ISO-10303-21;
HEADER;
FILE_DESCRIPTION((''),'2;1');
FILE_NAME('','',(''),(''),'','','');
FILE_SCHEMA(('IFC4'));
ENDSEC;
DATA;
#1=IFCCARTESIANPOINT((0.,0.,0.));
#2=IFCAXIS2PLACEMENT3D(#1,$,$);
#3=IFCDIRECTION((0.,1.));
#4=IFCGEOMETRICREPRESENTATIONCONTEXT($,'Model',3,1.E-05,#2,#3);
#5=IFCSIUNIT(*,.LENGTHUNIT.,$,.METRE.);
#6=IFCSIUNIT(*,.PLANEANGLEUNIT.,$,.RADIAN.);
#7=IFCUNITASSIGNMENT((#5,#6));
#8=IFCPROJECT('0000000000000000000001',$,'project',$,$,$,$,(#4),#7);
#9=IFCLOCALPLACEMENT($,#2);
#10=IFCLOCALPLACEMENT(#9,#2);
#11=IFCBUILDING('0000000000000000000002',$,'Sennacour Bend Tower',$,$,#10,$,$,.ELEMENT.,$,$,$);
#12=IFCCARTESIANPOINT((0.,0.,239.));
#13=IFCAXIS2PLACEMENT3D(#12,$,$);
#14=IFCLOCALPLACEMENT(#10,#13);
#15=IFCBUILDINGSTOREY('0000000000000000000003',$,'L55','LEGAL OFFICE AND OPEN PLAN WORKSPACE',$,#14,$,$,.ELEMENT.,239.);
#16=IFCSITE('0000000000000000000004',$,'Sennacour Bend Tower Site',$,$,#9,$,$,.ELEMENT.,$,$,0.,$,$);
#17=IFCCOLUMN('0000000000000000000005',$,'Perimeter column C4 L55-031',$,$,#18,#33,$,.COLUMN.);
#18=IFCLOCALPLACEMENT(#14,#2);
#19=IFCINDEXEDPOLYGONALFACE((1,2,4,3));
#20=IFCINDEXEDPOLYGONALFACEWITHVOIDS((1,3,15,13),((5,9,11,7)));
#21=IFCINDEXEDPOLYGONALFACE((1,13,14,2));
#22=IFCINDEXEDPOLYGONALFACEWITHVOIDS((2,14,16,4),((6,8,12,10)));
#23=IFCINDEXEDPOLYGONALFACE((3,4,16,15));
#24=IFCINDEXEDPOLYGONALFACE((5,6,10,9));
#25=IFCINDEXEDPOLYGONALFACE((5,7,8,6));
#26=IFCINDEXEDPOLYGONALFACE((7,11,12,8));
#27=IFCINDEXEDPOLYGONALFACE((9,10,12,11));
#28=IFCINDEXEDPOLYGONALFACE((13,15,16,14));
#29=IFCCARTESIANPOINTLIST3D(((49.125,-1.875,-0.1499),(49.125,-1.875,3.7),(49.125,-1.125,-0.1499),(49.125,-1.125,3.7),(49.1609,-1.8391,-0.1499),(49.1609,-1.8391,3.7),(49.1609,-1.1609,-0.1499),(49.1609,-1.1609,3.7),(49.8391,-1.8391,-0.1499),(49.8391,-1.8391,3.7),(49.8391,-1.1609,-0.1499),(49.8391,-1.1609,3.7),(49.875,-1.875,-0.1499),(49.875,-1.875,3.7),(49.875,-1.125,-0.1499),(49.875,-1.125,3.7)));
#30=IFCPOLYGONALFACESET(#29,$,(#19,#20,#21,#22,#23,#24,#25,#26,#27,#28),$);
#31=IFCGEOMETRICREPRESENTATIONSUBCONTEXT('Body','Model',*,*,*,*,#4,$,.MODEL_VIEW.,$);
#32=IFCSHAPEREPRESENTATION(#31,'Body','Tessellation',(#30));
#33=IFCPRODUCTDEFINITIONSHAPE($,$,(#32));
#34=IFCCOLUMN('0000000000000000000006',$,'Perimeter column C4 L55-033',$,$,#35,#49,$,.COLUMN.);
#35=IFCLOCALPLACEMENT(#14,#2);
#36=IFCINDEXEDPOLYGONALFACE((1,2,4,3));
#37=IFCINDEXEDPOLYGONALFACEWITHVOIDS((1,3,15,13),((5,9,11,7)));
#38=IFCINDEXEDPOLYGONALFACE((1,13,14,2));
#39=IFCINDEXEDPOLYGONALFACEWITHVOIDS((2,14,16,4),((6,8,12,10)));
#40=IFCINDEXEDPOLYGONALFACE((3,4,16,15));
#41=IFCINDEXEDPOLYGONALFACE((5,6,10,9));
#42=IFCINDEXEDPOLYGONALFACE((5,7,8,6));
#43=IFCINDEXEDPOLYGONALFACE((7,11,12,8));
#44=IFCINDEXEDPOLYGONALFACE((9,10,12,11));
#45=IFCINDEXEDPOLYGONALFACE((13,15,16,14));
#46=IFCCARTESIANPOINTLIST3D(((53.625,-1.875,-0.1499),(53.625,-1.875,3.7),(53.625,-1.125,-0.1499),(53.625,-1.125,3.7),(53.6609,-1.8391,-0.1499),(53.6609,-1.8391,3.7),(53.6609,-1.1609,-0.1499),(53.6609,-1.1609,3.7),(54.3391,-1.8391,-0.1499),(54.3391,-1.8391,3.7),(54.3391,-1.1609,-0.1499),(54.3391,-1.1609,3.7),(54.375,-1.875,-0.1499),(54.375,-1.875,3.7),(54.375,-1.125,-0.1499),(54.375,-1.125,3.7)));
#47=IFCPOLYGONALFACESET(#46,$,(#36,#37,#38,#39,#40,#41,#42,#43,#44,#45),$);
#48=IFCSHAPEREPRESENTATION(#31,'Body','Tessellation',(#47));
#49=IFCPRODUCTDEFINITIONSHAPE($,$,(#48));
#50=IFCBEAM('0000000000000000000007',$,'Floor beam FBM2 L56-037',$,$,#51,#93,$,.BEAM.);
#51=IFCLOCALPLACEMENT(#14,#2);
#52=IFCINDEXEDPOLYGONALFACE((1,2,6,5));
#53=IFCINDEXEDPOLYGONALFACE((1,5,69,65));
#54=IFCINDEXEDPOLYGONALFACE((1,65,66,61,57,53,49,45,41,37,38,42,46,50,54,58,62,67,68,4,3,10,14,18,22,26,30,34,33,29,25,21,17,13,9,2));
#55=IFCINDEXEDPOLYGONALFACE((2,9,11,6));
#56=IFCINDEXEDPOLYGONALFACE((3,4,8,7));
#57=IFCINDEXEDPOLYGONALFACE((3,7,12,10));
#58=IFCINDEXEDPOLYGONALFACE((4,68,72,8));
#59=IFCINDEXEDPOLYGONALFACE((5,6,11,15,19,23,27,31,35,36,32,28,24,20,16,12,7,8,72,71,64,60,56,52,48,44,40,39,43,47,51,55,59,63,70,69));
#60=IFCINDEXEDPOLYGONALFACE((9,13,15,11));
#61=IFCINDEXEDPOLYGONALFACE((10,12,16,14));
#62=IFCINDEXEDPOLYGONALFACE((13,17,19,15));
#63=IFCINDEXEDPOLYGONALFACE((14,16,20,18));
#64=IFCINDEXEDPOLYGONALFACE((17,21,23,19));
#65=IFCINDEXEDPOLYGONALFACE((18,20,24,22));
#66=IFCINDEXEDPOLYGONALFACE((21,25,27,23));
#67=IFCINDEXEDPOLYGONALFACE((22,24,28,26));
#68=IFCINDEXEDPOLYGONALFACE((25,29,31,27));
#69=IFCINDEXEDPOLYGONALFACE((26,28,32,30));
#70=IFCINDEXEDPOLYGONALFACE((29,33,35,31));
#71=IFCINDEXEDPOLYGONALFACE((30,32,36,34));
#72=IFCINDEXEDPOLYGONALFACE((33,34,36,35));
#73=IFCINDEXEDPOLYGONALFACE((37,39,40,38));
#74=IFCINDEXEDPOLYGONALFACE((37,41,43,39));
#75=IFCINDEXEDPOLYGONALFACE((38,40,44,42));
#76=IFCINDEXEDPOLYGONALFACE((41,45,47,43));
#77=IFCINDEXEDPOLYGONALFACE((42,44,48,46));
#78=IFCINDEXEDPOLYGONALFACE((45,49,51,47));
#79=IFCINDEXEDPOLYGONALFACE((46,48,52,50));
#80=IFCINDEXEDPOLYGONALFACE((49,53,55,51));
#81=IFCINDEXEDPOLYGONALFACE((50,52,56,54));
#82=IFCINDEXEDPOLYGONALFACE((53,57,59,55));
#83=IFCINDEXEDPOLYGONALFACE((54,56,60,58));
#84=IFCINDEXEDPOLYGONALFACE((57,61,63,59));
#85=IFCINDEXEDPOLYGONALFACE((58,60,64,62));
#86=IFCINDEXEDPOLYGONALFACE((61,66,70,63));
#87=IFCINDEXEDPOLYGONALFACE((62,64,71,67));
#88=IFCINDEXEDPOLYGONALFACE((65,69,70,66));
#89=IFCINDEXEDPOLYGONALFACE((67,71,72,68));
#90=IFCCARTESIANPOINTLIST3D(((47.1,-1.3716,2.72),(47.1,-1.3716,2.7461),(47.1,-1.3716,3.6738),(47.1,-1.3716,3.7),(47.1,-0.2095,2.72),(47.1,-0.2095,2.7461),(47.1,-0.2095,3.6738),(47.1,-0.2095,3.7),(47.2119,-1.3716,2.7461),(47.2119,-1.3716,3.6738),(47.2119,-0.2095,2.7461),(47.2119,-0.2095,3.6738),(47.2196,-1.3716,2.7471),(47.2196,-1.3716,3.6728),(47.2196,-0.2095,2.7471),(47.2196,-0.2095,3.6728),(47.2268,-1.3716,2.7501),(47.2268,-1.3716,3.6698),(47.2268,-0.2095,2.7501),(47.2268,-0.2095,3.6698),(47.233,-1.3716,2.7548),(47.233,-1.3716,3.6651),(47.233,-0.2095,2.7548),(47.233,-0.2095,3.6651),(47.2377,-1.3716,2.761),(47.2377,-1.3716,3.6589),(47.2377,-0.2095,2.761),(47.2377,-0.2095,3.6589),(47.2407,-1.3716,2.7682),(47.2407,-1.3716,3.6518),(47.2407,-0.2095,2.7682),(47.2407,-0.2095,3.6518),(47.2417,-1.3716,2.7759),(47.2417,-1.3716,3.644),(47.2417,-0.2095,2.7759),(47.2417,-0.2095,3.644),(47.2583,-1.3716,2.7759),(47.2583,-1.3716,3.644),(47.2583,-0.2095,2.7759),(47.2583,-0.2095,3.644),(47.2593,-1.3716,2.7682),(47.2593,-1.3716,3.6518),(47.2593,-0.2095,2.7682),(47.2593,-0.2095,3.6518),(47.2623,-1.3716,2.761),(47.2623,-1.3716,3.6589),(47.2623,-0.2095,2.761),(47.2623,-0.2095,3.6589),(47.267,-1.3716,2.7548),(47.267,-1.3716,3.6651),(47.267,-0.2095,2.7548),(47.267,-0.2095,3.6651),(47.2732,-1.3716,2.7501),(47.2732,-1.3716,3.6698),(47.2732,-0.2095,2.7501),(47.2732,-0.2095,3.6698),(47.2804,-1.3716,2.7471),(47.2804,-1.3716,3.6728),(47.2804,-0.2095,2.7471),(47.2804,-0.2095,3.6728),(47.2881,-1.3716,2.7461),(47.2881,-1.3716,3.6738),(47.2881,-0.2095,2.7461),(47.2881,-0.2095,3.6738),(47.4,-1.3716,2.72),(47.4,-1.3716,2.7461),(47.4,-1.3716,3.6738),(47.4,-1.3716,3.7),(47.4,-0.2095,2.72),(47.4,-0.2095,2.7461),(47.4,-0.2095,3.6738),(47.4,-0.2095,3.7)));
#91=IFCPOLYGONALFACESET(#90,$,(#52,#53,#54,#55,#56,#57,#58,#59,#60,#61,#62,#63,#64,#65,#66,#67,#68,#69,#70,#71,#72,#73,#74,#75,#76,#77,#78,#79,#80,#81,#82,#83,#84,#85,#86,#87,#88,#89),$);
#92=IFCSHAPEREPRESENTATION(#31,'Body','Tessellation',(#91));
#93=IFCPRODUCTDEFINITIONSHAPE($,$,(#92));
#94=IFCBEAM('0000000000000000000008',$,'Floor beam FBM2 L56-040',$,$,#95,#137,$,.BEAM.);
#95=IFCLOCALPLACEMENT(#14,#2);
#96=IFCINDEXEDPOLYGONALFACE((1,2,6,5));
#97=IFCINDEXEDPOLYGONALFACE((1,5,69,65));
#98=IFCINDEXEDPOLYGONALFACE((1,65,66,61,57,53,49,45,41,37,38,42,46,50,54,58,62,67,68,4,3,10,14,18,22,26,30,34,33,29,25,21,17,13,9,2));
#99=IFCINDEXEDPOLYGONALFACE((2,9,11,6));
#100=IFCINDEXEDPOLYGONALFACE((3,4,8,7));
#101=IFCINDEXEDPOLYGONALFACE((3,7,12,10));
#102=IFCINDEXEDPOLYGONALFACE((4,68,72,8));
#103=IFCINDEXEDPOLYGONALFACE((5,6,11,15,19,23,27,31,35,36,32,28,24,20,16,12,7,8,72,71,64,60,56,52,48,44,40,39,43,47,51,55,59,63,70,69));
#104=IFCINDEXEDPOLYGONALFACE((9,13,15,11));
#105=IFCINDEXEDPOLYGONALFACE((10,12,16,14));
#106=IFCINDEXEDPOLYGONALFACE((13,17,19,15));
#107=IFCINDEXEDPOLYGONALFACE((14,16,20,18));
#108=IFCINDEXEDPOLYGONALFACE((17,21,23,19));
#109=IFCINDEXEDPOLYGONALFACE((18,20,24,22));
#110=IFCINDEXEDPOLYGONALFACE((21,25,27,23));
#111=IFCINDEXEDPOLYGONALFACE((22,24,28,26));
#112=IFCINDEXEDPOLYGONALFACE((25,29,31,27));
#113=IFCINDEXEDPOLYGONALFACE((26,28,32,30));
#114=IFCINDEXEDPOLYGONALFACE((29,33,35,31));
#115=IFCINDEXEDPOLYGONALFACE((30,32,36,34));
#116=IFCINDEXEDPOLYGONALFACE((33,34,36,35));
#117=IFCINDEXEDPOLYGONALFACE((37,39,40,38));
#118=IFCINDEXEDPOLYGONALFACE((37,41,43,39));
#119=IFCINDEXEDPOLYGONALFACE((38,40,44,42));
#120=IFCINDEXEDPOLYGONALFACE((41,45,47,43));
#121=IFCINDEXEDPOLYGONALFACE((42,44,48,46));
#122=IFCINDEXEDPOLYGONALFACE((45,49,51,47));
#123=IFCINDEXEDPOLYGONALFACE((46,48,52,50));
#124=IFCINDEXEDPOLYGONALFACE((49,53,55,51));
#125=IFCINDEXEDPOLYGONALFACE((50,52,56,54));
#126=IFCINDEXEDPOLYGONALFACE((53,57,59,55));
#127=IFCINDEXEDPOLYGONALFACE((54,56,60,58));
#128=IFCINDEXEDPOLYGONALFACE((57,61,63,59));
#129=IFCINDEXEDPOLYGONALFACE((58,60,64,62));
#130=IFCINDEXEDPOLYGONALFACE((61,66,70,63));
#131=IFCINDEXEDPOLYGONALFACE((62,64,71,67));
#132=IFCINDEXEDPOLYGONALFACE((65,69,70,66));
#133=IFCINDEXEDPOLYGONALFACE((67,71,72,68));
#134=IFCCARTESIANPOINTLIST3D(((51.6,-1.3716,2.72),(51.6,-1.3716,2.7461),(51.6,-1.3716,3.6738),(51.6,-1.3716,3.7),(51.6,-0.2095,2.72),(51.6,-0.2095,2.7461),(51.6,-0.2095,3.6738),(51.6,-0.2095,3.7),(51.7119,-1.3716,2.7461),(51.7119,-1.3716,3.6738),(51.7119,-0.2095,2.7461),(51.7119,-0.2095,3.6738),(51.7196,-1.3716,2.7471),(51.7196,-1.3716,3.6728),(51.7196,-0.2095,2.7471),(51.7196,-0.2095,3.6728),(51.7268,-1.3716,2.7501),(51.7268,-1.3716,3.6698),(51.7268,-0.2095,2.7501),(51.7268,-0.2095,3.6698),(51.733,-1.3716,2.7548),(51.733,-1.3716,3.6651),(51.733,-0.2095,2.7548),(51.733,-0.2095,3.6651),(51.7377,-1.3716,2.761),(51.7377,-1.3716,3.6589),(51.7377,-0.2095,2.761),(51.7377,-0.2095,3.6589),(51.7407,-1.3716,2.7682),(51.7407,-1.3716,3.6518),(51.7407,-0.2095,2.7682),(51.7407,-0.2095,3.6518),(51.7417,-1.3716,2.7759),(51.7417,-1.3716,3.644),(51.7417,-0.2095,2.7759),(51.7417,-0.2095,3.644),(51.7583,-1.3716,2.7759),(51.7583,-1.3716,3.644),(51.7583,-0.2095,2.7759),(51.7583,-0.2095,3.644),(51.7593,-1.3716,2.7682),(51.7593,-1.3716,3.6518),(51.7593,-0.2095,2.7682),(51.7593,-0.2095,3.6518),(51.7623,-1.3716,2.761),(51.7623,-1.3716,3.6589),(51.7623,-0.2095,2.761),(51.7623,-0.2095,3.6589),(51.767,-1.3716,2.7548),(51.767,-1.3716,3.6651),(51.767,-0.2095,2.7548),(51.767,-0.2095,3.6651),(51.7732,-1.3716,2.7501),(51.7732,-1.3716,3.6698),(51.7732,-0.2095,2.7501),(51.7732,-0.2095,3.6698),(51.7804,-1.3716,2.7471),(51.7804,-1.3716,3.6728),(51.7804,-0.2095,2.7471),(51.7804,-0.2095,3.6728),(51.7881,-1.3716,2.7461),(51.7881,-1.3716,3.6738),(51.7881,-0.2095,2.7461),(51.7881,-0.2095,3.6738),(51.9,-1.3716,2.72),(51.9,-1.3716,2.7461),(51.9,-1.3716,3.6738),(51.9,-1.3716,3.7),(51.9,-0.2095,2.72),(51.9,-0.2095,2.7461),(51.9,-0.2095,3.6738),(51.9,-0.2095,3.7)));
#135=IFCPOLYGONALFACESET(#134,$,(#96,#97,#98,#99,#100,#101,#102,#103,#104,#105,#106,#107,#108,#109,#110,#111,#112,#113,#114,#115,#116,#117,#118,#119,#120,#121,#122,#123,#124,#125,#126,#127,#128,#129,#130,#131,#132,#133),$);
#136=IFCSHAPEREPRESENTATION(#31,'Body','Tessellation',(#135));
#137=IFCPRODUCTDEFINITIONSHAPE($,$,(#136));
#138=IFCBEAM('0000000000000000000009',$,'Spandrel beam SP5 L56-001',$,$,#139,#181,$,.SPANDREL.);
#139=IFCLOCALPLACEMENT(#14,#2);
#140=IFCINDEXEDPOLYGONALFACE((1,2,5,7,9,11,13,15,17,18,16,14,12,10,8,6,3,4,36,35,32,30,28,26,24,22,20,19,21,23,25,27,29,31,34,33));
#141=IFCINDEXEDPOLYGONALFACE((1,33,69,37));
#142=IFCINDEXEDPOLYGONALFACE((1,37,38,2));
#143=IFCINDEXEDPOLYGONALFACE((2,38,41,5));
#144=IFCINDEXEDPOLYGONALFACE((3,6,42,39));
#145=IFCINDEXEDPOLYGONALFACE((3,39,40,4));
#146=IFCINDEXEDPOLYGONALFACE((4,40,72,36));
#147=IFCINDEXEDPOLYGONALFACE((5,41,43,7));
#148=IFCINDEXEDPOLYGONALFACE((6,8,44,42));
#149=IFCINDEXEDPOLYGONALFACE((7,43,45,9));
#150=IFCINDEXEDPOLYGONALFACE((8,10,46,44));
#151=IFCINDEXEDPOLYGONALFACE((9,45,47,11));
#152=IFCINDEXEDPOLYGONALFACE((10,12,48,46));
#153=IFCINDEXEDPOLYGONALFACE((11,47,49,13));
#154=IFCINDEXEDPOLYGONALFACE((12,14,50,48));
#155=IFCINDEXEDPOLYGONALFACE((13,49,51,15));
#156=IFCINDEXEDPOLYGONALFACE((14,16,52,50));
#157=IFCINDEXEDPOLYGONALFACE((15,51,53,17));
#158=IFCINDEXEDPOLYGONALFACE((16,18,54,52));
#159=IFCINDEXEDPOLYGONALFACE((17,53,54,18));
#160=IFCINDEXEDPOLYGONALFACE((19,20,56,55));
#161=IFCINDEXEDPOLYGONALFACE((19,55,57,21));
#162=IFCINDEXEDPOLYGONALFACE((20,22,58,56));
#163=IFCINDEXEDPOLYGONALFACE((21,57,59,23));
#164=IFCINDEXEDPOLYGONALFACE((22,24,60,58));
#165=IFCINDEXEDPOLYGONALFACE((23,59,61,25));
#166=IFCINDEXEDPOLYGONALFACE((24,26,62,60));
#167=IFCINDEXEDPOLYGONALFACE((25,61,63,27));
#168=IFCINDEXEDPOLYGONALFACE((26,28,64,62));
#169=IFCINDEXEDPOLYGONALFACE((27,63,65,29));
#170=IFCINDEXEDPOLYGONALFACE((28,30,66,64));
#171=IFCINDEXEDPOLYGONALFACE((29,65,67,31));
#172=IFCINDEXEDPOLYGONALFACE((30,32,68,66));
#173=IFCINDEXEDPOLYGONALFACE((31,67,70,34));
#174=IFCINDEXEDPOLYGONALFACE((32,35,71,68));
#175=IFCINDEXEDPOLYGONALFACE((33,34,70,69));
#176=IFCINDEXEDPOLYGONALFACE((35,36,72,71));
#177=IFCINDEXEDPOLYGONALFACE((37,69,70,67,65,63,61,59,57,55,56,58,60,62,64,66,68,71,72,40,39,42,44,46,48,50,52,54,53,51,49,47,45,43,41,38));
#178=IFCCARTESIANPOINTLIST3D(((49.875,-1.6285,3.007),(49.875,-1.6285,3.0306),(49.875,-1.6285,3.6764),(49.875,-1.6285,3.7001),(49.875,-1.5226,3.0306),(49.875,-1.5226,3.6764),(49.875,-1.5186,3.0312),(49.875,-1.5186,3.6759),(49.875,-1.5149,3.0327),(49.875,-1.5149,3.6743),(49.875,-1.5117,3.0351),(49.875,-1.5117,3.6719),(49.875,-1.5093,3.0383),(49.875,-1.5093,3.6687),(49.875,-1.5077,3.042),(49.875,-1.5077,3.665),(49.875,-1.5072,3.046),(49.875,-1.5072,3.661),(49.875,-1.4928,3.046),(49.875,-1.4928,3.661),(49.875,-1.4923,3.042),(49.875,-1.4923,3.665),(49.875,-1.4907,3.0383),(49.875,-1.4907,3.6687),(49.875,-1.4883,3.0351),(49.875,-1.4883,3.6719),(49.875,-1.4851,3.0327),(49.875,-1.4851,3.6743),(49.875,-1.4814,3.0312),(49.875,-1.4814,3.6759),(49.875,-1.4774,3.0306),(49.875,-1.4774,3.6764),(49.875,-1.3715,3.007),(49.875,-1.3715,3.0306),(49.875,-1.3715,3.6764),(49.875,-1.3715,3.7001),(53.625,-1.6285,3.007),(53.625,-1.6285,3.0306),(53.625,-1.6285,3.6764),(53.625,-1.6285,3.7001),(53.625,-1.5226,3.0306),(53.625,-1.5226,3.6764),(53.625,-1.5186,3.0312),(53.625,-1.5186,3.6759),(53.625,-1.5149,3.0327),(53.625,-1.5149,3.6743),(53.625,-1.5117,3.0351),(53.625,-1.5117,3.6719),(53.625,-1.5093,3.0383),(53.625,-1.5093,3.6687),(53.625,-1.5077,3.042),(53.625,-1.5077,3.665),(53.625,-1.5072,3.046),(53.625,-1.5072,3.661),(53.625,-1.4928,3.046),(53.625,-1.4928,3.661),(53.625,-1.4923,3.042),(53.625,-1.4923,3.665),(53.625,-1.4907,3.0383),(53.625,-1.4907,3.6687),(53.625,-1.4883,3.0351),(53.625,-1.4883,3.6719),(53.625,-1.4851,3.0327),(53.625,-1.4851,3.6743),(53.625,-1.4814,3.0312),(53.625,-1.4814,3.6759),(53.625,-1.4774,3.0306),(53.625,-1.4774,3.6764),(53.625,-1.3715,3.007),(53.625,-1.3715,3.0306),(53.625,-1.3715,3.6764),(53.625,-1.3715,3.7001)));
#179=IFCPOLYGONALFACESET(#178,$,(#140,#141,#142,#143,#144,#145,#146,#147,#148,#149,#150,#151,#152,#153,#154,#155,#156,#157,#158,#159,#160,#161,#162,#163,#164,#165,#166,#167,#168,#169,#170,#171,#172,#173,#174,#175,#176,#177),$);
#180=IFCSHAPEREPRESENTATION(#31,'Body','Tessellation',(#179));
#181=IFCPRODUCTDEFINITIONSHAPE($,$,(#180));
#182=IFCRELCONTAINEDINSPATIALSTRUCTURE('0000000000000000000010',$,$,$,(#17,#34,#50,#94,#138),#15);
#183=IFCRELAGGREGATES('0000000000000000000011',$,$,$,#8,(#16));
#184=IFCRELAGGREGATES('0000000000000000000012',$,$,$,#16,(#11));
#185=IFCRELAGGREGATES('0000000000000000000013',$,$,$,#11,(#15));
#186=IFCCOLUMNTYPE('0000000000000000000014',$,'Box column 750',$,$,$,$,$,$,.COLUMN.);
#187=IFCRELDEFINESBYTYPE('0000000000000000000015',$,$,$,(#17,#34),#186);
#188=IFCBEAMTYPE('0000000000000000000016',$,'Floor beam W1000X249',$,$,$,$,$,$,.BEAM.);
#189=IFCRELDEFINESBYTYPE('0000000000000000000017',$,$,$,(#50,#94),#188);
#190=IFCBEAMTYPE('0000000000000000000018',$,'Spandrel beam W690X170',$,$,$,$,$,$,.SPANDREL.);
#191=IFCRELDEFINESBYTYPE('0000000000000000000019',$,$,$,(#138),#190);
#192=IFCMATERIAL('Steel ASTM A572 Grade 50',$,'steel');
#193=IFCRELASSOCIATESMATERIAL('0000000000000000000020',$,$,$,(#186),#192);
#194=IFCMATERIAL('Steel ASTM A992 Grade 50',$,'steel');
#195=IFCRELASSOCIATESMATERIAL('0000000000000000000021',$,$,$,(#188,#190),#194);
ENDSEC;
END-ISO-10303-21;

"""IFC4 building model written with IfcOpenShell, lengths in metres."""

from ifc_helpers import new_model, si_unit, direction, frame, origin, origin_2d, place, context, subcontext, project, spatial, hollow_rectangle, i_section, extrude, material, material_profile, profile_set, type_object, element, save


model = new_model("IFC4")

# Units and contexts
model_context = context("Model", 3, precision=1e-05, world=origin(), true_north=direction((0.0, 1.0)))
body_context = subcontext(model_context, "Body", "Model", "MODEL_VIEW")
ifc_project = project(units=[si_unit("LENGTHUNIT", "METRE"), si_unit("PLANEANGLEUNIT", "RADIAN")], contexts=[model_context])

# Site, building, storey
site_placement = place(None, origin())
site = spatial("IfcSite", under=ifc_project, at=site_placement, Name="Sennacour Bend Tower Site", CompositionType="ELEMENT", RefElevation=0.0)
building_placement = place(site_placement, origin())
building = spatial("IfcBuilding", under=site, at=building_placement, Name="Sennacour Bend Tower", CompositionType="ELEMENT")
storey_placement = place(building_placement, frame((0.0, 0.0, 239.0)))
storey = spatial("IfcBuildingStorey", under=building, at=storey_placement, Name="L55", Description="LEGAL OFFICE AND OPEN PLAN WORKSPACE", CompositionType="ELEMENT", Elevation=239.0)

# Columns
ifc_material_1 = material(Name="Steel ASTM A572 Grade 50", Category="steel")
ifc_material_profile_1 = material_profile(ifc_material_1, hollow_rectangle(XDim=0.75, YDim=0.75, WallThickness=0.0359, at=origin_2d()), Name="Steel ASTM A572 Grade 50", Category="steel")
ifc_profile_set_1 = profile_set([ifc_material_profile_1], Name="Steel ASTM A572 Grade 50")
column_type = type_object("IfcColumnType", Name="Box column 750", PredefinedType="COLUMN", material=ifc_profile_set_1)
for number, where, z_axis, x_axis, name in (
    (1, (49.5, -1.5, -0.1499), (0.0, 0.0, 1.0), (1.0, 0.0, 0.0), "Perimeter column C4 L55-031"),
    (2, (54.0, -1.5, -0.1499), (0.0, 0.0, 1.0), (1.0, 0.0, 0.0), "Perimeter column C4 L55-033"),
):
    element("IfcColumn", number, at=place(storey_placement, frame(where, z_axis=z_axis, x_axis=x_axis)), inside=storey, type_object=column_type, Name=name, PredefinedType="COLUMN", context=body_context, shape_type="SweptSolid", body=[
        extrude(hollow_rectangle(XDim=0.75, YDim=0.75, WallThickness=0.0359, at=origin_2d()), origin(), (0.0, 0.0, 1.0), 3.8499),
    ])

# Beams
ifc_material_2 = material(Name="Steel ASTM A992 Grade 50", Category="steel")
ifc_material_profile_2 = material_profile(ifc_material_2, i_section(OverallWidth=0.3, OverallDepth=0.98, WebThickness=0.0166, FlangeThickness=0.0261, FilletRadius=0.0298, at=origin_2d()), Name="Steel ASTM A992 Grade 50", Category="steel")
ifc_profile_set_2 = profile_set([ifc_material_profile_2], Name="Steel ASTM A992 Grade 50")
beam_type_1 = type_object("IfcBeamType", Name="Floor beam W1000X249", PredefinedType="BEAM", material=ifc_profile_set_2)
for number, where, z_axis, x_axis, name in (
    (3, (47.25, -1.3716, 3.21), (0.0, 1.0, 0.0), (-1.0, 0.0, 0.0), "Floor beam FBM2 L56-037"),
    (4, (51.75, -1.3716, 3.21), (0.0, 1.0, 0.0), (-1.0, 0.0, 0.0), "Floor beam FBM2 L56-040"),
):
    element("IfcBeam", number, at=place(storey_placement, frame(where, z_axis=z_axis, x_axis=x_axis)), inside=storey, type_object=beam_type_1, Name=name, PredefinedType="BEAM", context=body_context, shape_type="SweptSolid", body=[
        extrude(i_section(OverallWidth=0.3, OverallDepth=0.98, WebThickness=0.0166, FlangeThickness=0.0261, FilletRadius=0.0298, at=origin_2d()), origin(), (0.0, 0.0, 1.0), 1.1621),
    ])
ifc_material_profile_3 = material_profile(ifc_material_2, i_section(OverallWidth=0.2571, OverallDepth=0.6931, WebThickness=0.0144, FlangeThickness=0.0237, FilletRadius=0.0154, at=origin_2d()), Name="Steel ASTM A992 Grade 50", Category="steel")
ifc_profile_set_3 = profile_set([ifc_material_profile_3], Name="Steel ASTM A992 Grade 50")
beam_type_2 = type_object("IfcBeamType", Name="Spandrel beam W690X170", PredefinedType="SPANDREL", material=ifc_profile_set_3)
for number, where, z_axis, x_axis, name in (
    (5, (53.625, -1.5, 3.3535), (-1.0, 0.0, 0.0), (0.0, -1.0, 0.0), "Spandrel beam SP5 L56-001"),
):
    element("IfcBeam", number, at=place(storey_placement, frame(where, z_axis=z_axis, x_axis=x_axis)), inside=storey, type_object=beam_type_2, Name=name, PredefinedType="SPANDREL", context=body_context, shape_type="SweptSolid", body=[
        extrude(i_section(OverallWidth=0.2571, OverallDepth=0.6931, WebThickness=0.0144, FlangeThickness=0.0237, FilletRadius=0.0154, at=origin_2d()), origin(), (0.0, 0.0, 1.0), 3.75),
    ])

save(model, "model.ifc")
